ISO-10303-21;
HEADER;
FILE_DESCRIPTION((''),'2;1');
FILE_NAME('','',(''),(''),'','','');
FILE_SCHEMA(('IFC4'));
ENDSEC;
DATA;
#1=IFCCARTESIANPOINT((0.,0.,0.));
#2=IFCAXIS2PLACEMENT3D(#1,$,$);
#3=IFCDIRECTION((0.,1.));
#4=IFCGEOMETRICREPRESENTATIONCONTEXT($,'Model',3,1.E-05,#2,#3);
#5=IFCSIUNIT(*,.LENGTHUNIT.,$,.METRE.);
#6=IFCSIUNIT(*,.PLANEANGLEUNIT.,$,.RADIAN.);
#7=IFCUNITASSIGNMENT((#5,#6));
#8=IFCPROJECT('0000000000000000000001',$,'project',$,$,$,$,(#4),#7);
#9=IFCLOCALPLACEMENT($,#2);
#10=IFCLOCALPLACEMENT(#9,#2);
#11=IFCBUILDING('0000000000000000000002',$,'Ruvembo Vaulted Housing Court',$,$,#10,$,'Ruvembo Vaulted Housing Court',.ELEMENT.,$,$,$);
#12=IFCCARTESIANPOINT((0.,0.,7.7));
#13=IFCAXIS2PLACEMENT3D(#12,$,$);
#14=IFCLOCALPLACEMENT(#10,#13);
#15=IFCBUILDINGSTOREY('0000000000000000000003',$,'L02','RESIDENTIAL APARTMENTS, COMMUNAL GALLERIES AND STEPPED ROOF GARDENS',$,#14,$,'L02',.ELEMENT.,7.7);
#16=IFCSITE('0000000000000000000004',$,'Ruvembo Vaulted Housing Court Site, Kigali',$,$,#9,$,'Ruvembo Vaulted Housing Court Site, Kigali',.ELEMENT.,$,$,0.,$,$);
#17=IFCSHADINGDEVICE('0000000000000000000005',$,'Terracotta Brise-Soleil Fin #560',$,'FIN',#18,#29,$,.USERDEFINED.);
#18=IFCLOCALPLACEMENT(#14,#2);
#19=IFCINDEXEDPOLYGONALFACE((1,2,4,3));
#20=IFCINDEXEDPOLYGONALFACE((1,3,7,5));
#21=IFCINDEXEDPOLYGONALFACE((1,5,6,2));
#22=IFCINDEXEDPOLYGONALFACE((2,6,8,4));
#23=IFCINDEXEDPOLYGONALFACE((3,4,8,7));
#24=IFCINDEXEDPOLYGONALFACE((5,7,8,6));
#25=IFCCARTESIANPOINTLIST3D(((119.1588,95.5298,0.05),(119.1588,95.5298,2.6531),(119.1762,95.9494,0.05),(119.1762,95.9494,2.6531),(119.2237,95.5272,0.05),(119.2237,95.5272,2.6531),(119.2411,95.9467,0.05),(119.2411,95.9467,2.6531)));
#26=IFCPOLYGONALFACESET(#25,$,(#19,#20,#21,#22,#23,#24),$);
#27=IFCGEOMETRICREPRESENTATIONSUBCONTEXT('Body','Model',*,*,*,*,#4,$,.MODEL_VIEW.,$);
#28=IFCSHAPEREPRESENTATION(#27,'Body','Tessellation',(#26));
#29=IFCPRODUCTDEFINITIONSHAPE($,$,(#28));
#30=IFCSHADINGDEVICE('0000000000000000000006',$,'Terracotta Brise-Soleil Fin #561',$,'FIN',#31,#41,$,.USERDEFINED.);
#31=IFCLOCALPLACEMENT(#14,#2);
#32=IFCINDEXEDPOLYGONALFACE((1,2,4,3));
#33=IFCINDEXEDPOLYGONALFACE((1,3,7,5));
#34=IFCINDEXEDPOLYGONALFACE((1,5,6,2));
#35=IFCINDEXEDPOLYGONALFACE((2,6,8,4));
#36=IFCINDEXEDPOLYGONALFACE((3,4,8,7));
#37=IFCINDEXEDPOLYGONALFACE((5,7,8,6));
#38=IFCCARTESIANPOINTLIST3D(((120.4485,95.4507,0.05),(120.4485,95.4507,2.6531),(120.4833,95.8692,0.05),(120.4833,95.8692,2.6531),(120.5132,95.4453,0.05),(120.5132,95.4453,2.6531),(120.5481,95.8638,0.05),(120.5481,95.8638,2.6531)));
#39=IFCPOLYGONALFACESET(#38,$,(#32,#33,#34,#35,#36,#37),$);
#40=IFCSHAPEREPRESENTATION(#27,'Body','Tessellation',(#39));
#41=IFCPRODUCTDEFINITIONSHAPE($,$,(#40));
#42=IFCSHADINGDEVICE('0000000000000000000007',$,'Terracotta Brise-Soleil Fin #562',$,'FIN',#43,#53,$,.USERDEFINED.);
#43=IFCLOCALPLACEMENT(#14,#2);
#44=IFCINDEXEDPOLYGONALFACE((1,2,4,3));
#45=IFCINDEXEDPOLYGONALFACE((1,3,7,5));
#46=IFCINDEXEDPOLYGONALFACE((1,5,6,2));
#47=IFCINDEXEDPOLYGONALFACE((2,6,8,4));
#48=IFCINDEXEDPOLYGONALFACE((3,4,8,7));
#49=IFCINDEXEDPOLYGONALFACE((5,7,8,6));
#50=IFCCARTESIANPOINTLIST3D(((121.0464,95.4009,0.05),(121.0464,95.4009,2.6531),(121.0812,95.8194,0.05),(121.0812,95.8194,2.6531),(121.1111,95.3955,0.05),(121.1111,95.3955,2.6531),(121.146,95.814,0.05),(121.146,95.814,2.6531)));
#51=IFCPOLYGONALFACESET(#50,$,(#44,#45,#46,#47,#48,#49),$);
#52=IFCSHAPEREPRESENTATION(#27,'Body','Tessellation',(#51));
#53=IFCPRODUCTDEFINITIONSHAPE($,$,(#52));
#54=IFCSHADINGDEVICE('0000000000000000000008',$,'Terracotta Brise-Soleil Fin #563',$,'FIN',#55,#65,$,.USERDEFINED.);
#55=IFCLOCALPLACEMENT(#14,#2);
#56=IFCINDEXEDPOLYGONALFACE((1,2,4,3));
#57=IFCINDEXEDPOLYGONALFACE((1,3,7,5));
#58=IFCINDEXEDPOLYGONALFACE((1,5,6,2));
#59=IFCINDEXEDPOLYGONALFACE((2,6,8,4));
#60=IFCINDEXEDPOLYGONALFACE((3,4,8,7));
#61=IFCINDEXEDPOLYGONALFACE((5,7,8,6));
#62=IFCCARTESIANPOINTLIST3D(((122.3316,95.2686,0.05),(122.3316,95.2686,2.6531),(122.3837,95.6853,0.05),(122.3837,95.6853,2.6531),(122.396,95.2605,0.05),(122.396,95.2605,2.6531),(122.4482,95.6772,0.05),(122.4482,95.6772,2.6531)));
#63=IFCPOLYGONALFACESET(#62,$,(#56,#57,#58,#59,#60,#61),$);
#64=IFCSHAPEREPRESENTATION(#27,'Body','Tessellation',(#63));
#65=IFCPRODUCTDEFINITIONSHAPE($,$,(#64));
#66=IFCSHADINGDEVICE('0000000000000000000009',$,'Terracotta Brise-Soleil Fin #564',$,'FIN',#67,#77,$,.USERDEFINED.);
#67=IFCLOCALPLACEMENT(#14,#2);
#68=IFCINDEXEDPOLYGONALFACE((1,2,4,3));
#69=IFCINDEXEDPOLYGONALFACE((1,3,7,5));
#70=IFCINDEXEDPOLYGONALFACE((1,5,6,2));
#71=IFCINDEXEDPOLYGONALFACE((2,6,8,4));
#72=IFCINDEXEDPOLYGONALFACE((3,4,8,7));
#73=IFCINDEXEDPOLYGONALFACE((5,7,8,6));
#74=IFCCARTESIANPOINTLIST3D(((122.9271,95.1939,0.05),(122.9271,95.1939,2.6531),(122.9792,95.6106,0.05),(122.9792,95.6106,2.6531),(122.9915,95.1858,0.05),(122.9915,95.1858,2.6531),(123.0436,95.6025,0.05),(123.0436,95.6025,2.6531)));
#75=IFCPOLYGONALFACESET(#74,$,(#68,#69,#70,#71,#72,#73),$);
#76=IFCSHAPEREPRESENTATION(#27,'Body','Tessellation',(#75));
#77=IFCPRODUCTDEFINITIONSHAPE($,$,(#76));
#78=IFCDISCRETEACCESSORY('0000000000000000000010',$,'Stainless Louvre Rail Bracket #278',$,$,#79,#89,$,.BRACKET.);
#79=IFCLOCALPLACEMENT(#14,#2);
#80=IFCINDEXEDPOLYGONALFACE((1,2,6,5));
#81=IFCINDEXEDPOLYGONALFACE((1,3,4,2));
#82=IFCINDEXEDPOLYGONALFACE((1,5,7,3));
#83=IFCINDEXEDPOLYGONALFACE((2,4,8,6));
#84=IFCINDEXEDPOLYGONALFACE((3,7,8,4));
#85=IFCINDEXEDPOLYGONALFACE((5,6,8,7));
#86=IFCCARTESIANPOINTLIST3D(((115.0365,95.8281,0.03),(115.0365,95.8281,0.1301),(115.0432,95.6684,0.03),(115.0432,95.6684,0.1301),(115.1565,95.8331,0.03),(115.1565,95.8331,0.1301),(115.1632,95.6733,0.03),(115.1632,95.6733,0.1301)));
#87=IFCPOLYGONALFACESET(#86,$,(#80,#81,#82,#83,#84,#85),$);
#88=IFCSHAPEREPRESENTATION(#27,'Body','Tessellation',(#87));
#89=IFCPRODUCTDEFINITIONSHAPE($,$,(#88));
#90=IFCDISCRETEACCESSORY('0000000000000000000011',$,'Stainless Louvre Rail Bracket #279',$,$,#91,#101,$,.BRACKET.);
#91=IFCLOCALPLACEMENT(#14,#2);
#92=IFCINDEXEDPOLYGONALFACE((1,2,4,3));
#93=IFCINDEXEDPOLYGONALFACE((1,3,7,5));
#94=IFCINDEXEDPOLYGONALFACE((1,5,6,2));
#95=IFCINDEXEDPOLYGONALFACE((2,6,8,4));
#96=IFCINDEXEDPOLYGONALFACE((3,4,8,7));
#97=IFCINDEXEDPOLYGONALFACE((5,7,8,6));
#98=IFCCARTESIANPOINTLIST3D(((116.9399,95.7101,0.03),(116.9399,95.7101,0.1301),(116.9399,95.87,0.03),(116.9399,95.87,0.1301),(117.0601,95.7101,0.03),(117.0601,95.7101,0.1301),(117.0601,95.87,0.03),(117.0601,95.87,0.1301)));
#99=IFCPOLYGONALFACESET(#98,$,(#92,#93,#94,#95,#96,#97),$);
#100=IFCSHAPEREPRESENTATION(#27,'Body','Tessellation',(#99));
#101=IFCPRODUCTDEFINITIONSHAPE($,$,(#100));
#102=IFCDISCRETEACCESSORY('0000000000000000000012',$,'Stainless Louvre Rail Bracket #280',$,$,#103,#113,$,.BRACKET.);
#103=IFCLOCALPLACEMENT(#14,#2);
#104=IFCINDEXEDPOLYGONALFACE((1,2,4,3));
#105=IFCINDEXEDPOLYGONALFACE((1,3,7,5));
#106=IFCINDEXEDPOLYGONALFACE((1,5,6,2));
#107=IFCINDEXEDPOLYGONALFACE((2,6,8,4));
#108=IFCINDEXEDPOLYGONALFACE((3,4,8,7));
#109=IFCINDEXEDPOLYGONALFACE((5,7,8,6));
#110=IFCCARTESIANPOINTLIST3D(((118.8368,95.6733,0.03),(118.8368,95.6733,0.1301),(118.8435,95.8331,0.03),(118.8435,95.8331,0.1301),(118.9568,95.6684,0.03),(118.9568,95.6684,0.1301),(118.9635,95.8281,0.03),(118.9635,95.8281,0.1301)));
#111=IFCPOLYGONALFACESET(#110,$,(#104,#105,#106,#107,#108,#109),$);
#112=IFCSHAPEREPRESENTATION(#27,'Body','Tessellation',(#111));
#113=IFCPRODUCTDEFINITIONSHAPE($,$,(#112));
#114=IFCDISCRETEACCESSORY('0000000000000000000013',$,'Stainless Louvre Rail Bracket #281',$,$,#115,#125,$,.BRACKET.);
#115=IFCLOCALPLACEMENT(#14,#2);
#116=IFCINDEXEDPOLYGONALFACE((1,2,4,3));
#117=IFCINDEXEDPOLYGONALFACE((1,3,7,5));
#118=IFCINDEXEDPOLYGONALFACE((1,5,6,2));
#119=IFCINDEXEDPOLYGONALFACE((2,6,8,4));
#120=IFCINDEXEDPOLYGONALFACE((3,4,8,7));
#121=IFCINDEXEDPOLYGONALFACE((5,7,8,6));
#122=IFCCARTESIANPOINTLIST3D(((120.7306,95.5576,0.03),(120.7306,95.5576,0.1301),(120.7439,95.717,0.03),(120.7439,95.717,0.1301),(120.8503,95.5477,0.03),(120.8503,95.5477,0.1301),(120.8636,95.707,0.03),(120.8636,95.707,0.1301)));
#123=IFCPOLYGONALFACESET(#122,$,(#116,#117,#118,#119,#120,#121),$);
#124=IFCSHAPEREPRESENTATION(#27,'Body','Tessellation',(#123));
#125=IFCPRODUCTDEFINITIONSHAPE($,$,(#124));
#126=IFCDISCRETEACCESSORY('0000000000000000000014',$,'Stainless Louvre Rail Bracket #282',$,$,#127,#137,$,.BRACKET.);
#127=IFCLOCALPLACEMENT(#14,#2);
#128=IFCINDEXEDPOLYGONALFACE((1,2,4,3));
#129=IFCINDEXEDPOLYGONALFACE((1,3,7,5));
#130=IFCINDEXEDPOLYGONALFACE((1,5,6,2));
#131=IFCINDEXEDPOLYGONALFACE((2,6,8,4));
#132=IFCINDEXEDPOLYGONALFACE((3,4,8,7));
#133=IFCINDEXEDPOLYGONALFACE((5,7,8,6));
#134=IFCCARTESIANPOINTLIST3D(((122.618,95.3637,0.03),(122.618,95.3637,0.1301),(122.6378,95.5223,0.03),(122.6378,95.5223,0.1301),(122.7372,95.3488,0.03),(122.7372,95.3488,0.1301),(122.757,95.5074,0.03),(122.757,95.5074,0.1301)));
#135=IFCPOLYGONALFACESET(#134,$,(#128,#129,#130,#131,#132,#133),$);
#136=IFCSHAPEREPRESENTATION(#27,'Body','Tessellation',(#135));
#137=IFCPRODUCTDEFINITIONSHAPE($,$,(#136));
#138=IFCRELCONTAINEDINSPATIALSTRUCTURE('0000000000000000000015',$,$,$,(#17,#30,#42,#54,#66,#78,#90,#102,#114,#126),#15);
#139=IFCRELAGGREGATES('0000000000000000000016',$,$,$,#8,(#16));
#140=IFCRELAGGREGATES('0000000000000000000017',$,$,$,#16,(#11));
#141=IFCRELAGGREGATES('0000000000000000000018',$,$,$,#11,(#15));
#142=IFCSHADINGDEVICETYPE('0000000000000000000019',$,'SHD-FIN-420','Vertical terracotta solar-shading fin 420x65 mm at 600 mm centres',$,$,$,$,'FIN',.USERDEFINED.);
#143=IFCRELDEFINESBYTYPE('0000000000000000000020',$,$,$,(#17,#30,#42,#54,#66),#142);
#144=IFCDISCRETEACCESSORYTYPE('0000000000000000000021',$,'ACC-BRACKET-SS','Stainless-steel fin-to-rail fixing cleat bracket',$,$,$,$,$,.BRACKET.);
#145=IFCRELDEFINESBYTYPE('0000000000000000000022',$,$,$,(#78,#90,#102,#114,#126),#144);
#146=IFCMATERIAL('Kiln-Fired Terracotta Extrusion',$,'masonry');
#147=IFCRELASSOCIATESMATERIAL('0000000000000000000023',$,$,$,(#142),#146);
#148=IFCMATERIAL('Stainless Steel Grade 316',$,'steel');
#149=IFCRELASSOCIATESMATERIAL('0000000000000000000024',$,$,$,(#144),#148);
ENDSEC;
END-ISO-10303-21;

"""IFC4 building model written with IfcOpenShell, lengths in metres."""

from ifc_helpers import new_model, si_unit, direction, frame, origin, origin_2d, place, context, subcontext, project, spatial, rectangle, extrude, material, type_object, element, save


model = new_model("IFC4")

# Units and contexts
model_context = context("Model", 3, precision=1e-05, world=origin(), true_north=direction((0.0, 1.0)))
body_context = subcontext(model_context, "Body", "Model", "MODEL_VIEW")
ifc_project = project(units=[si_unit("LENGTHUNIT", "METRE"), si_unit("PLANEANGLEUNIT", "RADIAN")], contexts=[model_context])

# Site, building, storey
site_placement = place(None, origin())
site = spatial("IfcSite", under=ifc_project, at=site_placement, Name="Ruvembo Vaulted Housing Court Site, Kigali", LongName="Ruvembo Vaulted Housing Court Site, Kigali", CompositionType="ELEMENT", RefElevation=0.0)
building_placement = place(site_placement, origin())
building = spatial("IfcBuilding", under=site, at=building_placement, Name="Ruvembo Vaulted Housing Court", LongName="Ruvembo Vaulted Housing Court", CompositionType="ELEMENT")
storey_placement = place(building_placement, frame((0.0, 0.0, 7.7)))
storey = spatial("IfcBuildingStorey", under=building, at=storey_placement, Name="L02", Description="RESIDENTIAL APARTMENTS, COMMUNAL GALLERIES AND STEPPED ROOF GARDENS", LongName="L02", CompositionType="ELEMENT", Elevation=7.7)

# Shading devices
ifc_material_1 = material(Name="Kiln-Fired Terracotta Extrusion", Category="masonry")
shading_device_type = type_object("IfcShadingDeviceType", Name="SHD-FIN-420", Description="Vertical terracotta solar-shading fin 420x65 mm at 600 mm centres", ElementType="FIN", PredefinedType="USERDEFINED", material=ifc_material_1)
for number, where, z_axis, x_axis, name in (
    (1, (119.2, 95.7383, 0.05), (0.0, 0.0, 1.0), (-0.041509, -0.999138, 0.0), "Terracotta Brise-Soleil Fin #560"),
    (2, (120.4983, 95.6572, 0.05), (0.0, 0.0, 1.0), (-0.082895, -0.996558, 0.0), "Terracotta Brise-Soleil Fin #561"),
    (3, (121.0962, 95.6074, 0.05), (0.0, 0.0, 1.0), (-0.082895, -0.996558, 0.0), "Terracotta Brise-Soleil Fin #562"),
    (4, (122.3899, 95.4729, 0.05), (0.0, 0.0, 1.0), (-0.12419, -0.992258, 0.0), "Terracotta Brise-Soleil Fin #563"),
    (5, (122.9854, 95.3982, 0.05), (0.0, 0.0, 1.0), (-0.12419, -0.992258, 0.0), "Terracotta Brise-Soleil Fin #564"),
):
    element("IfcShadingDevice", number, at=place(storey_placement, frame(where, z_axis=z_axis, x_axis=x_axis)), inside=storey, type_object=shading_device_type, Name=name, ObjectType="FIN", PredefinedType="USERDEFINED", context=body_context, shape_type="SweptSolid", body=[
        extrude(rectangle(XDim=0.4199, YDim=0.0649, at=origin_2d()), origin(), (0.0, 0.0, 1.0), 2.603),
    ])

# Discrete accessories
ifc_material_2 = material(Name="Stainless Steel Grade 316", Category="steel")
discrete_accessory_type = type_object("IfcDiscreteAccessoryType", Name="ACC-BRACKET-SS", Description="Stainless-steel fin-to-rail fixing cleat bracket", PredefinedType="BRACKET", material=ifc_material_2)
for number, where, z_axis, x_axis, name in (
    (6, (115.0999, 95.7507, 0.03), (0.0, 0.0, 1.0), (0.041509, -0.999138, 0.0), "Stainless Louvre Rail Bracket #278"),
    (7, (117.0, 95.79, 0.03), (0.0, 0.0, 1.0), (0.0, -1.0, 0.0), "Stainless Louvre Rail Bracket #279"),
    (8, (118.9001, 95.7507, 0.03), (0.0, 0.0, 1.0), (-0.041509, -0.999138, 0.0), "Stainless Louvre Rail Bracket #280"),
    (9, (120.7971, 95.6323, 0.03), (0.0, 0.0, 1.0), (-0.082895, -0.996558, 0.0), "Stainless Louvre Rail Bracket #281"),
    (10, (122.6875, 95.4355, 0.03), (0.0, 0.0, 1.0), (-0.12419, -0.992258, 0.0), "Stainless Louvre Rail Bracket #282"),
):
    element("IfcDiscreteAccessory", number, at=place(storey_placement, frame(where, z_axis=z_axis, x_axis=x_axis)), inside=storey, type_object=discrete_accessory_type, Name=name, PredefinedType="BRACKET", context=body_context, shape_type="SweptSolid", body=[
        extrude(rectangle(XDim=0.1599, YDim=0.1201, at=origin_2d()), origin(), (0.0, 0.0, 1.0), 0.1001),
    ])

save(model, "model.ifc")
